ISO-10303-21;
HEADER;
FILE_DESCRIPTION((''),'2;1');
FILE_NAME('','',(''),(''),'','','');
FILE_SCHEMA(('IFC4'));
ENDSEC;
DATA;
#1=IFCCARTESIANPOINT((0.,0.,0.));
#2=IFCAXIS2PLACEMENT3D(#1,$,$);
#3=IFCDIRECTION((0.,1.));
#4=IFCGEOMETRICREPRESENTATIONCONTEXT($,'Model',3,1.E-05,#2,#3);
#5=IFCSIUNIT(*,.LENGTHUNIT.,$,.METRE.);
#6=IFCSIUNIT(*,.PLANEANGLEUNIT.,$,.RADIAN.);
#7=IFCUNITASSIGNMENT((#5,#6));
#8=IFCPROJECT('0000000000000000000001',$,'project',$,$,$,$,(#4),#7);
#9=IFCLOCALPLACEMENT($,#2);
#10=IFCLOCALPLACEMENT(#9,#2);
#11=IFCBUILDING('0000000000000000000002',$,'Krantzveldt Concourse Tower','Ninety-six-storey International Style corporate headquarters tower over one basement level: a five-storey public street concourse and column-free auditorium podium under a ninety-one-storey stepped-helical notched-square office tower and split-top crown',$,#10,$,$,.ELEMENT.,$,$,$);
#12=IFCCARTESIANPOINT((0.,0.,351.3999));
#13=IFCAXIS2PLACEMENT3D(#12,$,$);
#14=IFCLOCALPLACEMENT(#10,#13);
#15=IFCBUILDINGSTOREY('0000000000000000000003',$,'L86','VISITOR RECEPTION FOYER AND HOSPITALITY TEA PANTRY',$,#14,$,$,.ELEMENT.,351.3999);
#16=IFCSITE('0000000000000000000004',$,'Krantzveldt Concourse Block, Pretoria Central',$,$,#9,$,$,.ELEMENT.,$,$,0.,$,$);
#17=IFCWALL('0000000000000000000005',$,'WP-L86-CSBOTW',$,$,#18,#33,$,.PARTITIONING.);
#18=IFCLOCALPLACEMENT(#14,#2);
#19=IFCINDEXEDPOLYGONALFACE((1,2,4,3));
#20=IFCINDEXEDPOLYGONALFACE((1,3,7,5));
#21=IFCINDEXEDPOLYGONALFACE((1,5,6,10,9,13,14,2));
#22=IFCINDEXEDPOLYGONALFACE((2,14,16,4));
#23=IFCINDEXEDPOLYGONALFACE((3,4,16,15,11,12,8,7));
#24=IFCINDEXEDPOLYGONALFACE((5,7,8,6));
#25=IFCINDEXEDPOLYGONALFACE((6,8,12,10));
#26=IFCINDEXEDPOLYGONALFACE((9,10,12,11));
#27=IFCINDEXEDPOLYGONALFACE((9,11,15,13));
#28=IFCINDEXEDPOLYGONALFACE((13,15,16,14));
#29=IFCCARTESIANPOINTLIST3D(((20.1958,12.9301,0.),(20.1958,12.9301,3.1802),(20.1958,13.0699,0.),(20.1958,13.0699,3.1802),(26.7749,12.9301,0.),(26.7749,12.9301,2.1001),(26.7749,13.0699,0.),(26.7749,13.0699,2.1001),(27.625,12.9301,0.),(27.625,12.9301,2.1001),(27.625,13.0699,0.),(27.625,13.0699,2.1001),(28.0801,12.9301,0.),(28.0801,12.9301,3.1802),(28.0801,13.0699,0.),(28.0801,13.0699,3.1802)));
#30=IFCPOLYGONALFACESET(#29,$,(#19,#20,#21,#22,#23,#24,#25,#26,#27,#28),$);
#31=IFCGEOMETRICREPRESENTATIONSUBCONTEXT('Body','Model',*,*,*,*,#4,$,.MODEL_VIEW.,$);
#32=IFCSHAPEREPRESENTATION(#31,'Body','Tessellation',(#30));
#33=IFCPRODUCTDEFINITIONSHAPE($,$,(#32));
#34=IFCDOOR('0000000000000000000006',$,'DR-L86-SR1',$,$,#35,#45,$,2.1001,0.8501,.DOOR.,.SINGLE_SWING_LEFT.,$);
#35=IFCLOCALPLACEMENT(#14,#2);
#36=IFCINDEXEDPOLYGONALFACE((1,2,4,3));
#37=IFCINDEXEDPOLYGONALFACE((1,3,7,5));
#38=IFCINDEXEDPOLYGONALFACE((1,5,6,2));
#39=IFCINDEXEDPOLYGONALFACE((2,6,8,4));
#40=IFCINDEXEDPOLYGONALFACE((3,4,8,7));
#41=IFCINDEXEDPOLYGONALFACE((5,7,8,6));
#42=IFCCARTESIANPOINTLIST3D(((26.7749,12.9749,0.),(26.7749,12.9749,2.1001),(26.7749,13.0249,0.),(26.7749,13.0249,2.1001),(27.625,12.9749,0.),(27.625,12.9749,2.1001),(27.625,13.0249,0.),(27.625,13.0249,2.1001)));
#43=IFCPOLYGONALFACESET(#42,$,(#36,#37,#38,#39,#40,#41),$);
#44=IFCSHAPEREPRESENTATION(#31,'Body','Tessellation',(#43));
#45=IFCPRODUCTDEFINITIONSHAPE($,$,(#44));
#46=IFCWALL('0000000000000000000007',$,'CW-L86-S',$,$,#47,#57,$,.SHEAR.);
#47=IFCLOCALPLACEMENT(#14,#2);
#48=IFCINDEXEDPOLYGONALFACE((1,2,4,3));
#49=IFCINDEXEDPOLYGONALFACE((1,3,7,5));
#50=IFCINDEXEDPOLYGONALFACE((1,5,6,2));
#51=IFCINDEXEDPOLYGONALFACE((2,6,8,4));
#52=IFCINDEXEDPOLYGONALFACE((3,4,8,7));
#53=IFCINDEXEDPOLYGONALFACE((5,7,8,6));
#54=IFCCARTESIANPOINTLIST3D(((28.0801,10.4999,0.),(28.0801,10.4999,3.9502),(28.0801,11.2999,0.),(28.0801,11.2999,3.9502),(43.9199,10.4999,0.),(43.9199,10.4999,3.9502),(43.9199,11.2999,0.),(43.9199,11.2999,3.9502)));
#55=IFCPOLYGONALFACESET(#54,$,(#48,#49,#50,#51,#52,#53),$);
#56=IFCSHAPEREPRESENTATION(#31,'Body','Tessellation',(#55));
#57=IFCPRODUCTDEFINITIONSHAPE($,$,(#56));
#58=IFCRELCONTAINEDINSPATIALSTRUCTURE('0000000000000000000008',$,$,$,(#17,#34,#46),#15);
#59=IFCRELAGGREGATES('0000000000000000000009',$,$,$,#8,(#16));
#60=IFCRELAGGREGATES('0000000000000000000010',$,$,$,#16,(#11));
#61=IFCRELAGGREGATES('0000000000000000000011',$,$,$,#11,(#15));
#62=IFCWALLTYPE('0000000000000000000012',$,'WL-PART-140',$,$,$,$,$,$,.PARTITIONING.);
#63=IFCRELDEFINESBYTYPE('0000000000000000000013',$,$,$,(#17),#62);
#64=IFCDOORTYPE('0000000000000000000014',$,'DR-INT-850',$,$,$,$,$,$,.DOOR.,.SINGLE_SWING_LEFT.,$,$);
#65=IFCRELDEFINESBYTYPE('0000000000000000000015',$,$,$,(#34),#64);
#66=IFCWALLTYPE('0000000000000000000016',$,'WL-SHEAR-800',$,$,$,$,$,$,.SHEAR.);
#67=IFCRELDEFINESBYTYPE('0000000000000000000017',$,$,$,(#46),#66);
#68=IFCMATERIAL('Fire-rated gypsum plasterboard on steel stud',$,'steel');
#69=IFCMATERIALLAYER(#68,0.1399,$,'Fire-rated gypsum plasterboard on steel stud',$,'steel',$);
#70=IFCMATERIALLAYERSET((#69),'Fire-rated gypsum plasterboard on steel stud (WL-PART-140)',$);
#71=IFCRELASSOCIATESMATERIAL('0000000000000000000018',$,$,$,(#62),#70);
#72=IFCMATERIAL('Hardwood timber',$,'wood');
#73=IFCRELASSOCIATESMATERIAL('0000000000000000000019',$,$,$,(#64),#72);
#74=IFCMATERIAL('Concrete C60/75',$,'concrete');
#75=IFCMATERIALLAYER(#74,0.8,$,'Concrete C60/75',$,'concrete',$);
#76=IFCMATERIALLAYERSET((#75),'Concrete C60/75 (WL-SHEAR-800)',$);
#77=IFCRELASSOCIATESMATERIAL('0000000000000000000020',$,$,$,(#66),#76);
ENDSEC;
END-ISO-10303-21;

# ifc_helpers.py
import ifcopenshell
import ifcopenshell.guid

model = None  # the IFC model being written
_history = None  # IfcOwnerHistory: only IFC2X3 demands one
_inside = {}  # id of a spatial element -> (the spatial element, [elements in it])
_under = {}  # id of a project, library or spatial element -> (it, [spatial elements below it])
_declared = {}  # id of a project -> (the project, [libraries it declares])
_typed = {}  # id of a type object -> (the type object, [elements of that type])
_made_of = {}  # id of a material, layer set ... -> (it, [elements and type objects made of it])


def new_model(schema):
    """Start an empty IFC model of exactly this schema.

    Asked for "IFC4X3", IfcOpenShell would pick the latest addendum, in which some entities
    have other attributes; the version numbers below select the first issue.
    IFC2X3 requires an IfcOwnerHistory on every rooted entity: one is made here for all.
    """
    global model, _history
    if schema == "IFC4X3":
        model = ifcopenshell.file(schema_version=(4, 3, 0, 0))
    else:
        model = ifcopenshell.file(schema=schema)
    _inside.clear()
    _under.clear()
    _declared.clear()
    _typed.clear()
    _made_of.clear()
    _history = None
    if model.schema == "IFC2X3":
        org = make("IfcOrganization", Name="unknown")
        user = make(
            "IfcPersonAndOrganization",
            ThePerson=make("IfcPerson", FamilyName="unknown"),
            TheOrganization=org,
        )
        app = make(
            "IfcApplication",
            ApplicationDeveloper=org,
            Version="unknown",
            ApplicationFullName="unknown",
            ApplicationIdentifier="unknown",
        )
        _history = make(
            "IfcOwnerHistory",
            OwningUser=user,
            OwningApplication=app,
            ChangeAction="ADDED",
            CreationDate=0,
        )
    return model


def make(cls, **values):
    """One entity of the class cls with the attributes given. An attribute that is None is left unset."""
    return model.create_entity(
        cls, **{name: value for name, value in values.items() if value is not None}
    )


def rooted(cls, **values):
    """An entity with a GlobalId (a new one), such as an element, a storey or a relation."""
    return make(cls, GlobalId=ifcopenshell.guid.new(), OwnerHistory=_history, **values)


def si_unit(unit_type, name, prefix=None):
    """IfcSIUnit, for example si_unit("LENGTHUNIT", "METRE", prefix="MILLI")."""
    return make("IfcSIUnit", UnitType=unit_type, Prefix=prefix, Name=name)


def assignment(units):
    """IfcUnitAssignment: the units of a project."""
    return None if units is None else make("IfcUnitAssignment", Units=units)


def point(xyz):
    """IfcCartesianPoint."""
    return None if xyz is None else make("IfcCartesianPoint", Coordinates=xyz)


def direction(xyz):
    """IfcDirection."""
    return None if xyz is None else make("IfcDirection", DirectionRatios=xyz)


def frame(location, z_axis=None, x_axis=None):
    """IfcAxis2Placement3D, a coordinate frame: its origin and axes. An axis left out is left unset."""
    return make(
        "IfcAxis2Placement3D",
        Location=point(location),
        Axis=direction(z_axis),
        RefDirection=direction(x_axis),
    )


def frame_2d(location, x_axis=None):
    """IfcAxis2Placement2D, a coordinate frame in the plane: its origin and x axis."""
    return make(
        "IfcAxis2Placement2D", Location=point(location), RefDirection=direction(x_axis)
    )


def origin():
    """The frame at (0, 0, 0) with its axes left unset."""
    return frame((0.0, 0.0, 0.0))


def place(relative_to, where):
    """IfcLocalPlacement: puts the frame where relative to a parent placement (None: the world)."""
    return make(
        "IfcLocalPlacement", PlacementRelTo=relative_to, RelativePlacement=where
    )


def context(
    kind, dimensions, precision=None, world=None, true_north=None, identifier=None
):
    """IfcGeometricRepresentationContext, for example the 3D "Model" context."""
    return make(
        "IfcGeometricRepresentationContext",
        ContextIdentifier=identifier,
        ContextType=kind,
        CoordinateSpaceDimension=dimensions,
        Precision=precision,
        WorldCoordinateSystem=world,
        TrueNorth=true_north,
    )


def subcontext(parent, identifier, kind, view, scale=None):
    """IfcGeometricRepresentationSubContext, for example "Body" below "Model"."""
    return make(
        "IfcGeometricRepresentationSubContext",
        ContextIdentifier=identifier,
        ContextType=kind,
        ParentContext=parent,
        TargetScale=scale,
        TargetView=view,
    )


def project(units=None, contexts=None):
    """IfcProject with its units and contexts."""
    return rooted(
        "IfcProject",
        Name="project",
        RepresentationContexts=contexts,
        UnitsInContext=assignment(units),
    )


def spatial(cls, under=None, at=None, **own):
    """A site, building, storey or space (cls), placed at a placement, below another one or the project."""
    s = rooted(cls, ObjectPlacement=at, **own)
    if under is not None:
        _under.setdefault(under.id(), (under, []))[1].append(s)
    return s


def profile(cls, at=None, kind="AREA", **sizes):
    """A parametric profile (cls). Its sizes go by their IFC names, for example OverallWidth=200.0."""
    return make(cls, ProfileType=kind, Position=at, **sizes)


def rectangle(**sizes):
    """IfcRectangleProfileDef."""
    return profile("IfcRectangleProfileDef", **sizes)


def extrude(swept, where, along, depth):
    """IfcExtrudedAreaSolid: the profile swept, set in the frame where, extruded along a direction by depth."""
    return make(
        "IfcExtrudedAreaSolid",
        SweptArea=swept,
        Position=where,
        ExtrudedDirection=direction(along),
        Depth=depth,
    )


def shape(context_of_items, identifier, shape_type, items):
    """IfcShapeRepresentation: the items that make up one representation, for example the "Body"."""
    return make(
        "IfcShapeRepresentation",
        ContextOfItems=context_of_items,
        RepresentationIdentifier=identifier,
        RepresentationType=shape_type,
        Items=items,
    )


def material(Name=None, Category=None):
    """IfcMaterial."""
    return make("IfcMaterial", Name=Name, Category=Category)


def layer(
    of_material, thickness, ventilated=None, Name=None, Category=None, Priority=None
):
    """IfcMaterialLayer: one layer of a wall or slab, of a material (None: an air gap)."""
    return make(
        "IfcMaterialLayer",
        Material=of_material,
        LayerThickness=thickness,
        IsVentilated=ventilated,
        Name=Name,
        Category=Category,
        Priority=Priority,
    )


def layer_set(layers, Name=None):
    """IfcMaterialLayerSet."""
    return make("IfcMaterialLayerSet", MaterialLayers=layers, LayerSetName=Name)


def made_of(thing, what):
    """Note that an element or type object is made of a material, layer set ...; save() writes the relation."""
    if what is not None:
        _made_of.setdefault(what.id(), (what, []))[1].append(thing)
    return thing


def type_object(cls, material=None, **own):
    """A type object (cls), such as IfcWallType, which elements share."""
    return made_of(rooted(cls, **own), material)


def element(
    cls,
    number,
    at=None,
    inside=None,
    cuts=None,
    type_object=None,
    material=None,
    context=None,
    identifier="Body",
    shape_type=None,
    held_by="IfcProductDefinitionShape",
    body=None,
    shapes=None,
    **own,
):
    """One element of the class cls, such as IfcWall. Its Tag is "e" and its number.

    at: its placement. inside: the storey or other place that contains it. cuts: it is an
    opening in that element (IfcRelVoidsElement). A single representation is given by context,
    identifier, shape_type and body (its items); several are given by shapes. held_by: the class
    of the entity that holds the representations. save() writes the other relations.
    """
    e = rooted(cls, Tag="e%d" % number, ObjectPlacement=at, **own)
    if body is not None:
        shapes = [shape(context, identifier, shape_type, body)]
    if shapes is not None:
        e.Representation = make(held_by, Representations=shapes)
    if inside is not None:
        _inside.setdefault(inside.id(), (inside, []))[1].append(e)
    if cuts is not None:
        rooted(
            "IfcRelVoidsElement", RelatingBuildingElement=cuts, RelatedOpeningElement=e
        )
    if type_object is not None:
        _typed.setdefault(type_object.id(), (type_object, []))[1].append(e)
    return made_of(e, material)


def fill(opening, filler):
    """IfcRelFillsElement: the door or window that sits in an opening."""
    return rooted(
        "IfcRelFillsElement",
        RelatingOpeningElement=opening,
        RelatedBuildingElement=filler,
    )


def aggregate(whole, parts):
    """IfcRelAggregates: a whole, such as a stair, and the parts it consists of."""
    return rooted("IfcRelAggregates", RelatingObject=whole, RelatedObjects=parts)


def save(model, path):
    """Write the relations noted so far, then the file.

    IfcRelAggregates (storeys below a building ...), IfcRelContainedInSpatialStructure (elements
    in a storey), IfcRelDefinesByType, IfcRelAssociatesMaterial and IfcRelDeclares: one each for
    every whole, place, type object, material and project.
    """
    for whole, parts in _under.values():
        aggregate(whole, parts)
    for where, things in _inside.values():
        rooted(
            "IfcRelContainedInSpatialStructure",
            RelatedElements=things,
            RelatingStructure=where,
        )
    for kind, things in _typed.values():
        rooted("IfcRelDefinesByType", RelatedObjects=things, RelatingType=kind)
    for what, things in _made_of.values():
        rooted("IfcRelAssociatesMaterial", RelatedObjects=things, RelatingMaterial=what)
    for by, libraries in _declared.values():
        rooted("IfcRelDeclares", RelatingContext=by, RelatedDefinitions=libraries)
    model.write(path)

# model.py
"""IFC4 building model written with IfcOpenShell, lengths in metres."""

from ifc_helpers import new_model, si_unit, direction, frame, frame_2d, origin, place, context, subcontext, project, spatial, rectangle, extrude, material, layer, layer_set, type_object, element, fill, save


model = new_model("IFC4")

# Units and contexts
model_context = context("Model", 3, precision=1e-05, world=origin(), true_north=direction((0.0, 1.0)))
body_context = subcontext(model_context, "Body", "Model", "MODEL_VIEW")
ifc_project = project(units=[si_unit("LENGTHUNIT", "METRE"), si_unit("PLANEANGLEUNIT", "RADIAN")], contexts=[model_context])

# Site, building, storey
site_placement = place(None, origin())
site = spatial("IfcSite", under=ifc_project, at=site_placement, Name="Krantzveldt Concourse Block, Pretoria Central", CompositionType="ELEMENT", RefElevation=0.0)
building_placement = place(site_placement, origin())
building = spatial("IfcBuilding", under=site, at=building_placement, Name="Krantzveldt Concourse Tower", Description="Ninety-six-storey International Style corporate headquarters tower over one basement level: a five-storey public street concourse and column-free auditorium podium under a ninety-one-storey stepped-helical notched-square office tower and split-top crown", CompositionType="ELEMENT")
storey_placement = place(building_placement, frame((0.0, 0.0, 351.3999)))
storey = spatial("IfcBuildingStorey", under=building, at=storey_placement, Name="L86", Description="VISITOR RECEPTION FOYER AND HOSPITALITY TEA PANTRY", CompositionType="ELEMENT", Elevation=351.3999)

# Shared definitions
ifc_material_1 = material(Name="Fire-rated gypsum plasterboard on steel stud", Category="steel")

# Shared definitions
ifc_layer_1 = layer(ifc_material_1, 0.1399, Name="Fire-rated gypsum plasterboard on steel stud", Category="steel")
ifc_layer_set_1 = layer_set([ifc_layer_1], Name="Fire-rated gypsum plasterboard on steel stud (WL-PART-140)")
wall_type_1 = type_object("IfcWallType", Name="WL-PART-140", PredefinedType="PARTITIONING", material=ifc_layer_set_1)
ifc_material_2 = material(Name="Hardwood timber", Category="wood")

# Wall, opening, door
wall_1_placement = place(storey_placement, frame((20.1958, 13.0, 0.0), z_axis=(0.0, 0.0, 1.0), x_axis=(1.0, 0.0, 0.0)))
wall_1 = element("IfcWall", 1, at=wall_1_placement, inside=storey, type_object=wall_type_1, Name="WP-L86-CSBOTW", PredefinedType="PARTITIONING", context=body_context, shape_type="SweptSolid", body=[
    extrude(rectangle(XDim=7.8843, YDim=0.1399, at=frame_2d((3.9421, 0.0))), origin(), (0.0, 0.0, 1.0), 3.1802),
])
opening_1_placement = place(wall_1_placement, frame((6.5791, 0.0, 0.0)))
opening_1 = element("IfcOpeningElement", 2, at=opening_1_placement, cuts=wall_1, PredefinedType="OPENING", context=body_context, shape_type="SweptSolid", body=[
    extrude(rectangle(XDim=0.8501, YDim=2.1001, at=frame_2d((0.425, 1.05))), frame((0.0, 0.0801, 0.0), z_axis=(0.0, -1.0, 0.0), x_axis=(1.0, 0.0, 0.0)), (0.0, 0.0, 1.0), 0.1599),
])
door_type_1 = type_object("IfcDoorType", Name="DR-INT-850", OperationType="SINGLE_SWING_LEFT", PredefinedType="DOOR", material=ifc_material_2)
door_1_placement = place(opening_1_placement, origin())
door_1 = element("IfcDoor", 3, at=door_1_placement, inside=storey, type_object=door_type_1, Name="DR-L86-SR1", OperationType="SINGLE_SWING_LEFT", OverallHeight=2.1001, OverallWidth=0.8501, PredefinedType="DOOR", context=body_context, shape_type="SweptSolid", body=[
    extrude(rectangle(XDim=0.8501, YDim=2.1001, at=frame_2d((0.425, 1.05))), frame((0.0, 0.0249, 0.0), z_axis=(0.0, -1.0, 0.0), x_axis=(1.0, 0.0, 0.0)), (0.0, 0.0, 1.0), 0.05),
])
fill(opening_1, door_1)

# Wall
ifc_material_3 = material(Name="Concrete C60/75", Category="concrete")
ifc_layer_2 = layer(ifc_material_3, 0.8, Name="Concrete C60/75", Category="concrete")
ifc_layer_set_2 = layer_set([ifc_layer_2], Name="Concrete C60/75 (WL-SHEAR-800)")
wall_type_2 = type_object("IfcWallType", Name="WL-SHEAR-800", PredefinedType="SHEAR", material=ifc_layer_set_2)
wall_2_placement = place(storey_placement, frame((28.0801, 10.8999, 0.0), z_axis=(0.0, 0.0, 1.0), x_axis=(1.0, 0.0, 0.0)))
element("IfcWall", 4, at=wall_2_placement, inside=storey, type_object=wall_type_2, Name="CW-L86-S", PredefinedType="SHEAR", context=body_context, shape_type="SweptSolid", body=[
    extrude(rectangle(XDim=15.8398, YDim=0.8, at=frame_2d((7.9199, 0.0))), origin(), (0.0, 0.0, 1.0), 3.9502),
])

save(model, "model.ifc")
